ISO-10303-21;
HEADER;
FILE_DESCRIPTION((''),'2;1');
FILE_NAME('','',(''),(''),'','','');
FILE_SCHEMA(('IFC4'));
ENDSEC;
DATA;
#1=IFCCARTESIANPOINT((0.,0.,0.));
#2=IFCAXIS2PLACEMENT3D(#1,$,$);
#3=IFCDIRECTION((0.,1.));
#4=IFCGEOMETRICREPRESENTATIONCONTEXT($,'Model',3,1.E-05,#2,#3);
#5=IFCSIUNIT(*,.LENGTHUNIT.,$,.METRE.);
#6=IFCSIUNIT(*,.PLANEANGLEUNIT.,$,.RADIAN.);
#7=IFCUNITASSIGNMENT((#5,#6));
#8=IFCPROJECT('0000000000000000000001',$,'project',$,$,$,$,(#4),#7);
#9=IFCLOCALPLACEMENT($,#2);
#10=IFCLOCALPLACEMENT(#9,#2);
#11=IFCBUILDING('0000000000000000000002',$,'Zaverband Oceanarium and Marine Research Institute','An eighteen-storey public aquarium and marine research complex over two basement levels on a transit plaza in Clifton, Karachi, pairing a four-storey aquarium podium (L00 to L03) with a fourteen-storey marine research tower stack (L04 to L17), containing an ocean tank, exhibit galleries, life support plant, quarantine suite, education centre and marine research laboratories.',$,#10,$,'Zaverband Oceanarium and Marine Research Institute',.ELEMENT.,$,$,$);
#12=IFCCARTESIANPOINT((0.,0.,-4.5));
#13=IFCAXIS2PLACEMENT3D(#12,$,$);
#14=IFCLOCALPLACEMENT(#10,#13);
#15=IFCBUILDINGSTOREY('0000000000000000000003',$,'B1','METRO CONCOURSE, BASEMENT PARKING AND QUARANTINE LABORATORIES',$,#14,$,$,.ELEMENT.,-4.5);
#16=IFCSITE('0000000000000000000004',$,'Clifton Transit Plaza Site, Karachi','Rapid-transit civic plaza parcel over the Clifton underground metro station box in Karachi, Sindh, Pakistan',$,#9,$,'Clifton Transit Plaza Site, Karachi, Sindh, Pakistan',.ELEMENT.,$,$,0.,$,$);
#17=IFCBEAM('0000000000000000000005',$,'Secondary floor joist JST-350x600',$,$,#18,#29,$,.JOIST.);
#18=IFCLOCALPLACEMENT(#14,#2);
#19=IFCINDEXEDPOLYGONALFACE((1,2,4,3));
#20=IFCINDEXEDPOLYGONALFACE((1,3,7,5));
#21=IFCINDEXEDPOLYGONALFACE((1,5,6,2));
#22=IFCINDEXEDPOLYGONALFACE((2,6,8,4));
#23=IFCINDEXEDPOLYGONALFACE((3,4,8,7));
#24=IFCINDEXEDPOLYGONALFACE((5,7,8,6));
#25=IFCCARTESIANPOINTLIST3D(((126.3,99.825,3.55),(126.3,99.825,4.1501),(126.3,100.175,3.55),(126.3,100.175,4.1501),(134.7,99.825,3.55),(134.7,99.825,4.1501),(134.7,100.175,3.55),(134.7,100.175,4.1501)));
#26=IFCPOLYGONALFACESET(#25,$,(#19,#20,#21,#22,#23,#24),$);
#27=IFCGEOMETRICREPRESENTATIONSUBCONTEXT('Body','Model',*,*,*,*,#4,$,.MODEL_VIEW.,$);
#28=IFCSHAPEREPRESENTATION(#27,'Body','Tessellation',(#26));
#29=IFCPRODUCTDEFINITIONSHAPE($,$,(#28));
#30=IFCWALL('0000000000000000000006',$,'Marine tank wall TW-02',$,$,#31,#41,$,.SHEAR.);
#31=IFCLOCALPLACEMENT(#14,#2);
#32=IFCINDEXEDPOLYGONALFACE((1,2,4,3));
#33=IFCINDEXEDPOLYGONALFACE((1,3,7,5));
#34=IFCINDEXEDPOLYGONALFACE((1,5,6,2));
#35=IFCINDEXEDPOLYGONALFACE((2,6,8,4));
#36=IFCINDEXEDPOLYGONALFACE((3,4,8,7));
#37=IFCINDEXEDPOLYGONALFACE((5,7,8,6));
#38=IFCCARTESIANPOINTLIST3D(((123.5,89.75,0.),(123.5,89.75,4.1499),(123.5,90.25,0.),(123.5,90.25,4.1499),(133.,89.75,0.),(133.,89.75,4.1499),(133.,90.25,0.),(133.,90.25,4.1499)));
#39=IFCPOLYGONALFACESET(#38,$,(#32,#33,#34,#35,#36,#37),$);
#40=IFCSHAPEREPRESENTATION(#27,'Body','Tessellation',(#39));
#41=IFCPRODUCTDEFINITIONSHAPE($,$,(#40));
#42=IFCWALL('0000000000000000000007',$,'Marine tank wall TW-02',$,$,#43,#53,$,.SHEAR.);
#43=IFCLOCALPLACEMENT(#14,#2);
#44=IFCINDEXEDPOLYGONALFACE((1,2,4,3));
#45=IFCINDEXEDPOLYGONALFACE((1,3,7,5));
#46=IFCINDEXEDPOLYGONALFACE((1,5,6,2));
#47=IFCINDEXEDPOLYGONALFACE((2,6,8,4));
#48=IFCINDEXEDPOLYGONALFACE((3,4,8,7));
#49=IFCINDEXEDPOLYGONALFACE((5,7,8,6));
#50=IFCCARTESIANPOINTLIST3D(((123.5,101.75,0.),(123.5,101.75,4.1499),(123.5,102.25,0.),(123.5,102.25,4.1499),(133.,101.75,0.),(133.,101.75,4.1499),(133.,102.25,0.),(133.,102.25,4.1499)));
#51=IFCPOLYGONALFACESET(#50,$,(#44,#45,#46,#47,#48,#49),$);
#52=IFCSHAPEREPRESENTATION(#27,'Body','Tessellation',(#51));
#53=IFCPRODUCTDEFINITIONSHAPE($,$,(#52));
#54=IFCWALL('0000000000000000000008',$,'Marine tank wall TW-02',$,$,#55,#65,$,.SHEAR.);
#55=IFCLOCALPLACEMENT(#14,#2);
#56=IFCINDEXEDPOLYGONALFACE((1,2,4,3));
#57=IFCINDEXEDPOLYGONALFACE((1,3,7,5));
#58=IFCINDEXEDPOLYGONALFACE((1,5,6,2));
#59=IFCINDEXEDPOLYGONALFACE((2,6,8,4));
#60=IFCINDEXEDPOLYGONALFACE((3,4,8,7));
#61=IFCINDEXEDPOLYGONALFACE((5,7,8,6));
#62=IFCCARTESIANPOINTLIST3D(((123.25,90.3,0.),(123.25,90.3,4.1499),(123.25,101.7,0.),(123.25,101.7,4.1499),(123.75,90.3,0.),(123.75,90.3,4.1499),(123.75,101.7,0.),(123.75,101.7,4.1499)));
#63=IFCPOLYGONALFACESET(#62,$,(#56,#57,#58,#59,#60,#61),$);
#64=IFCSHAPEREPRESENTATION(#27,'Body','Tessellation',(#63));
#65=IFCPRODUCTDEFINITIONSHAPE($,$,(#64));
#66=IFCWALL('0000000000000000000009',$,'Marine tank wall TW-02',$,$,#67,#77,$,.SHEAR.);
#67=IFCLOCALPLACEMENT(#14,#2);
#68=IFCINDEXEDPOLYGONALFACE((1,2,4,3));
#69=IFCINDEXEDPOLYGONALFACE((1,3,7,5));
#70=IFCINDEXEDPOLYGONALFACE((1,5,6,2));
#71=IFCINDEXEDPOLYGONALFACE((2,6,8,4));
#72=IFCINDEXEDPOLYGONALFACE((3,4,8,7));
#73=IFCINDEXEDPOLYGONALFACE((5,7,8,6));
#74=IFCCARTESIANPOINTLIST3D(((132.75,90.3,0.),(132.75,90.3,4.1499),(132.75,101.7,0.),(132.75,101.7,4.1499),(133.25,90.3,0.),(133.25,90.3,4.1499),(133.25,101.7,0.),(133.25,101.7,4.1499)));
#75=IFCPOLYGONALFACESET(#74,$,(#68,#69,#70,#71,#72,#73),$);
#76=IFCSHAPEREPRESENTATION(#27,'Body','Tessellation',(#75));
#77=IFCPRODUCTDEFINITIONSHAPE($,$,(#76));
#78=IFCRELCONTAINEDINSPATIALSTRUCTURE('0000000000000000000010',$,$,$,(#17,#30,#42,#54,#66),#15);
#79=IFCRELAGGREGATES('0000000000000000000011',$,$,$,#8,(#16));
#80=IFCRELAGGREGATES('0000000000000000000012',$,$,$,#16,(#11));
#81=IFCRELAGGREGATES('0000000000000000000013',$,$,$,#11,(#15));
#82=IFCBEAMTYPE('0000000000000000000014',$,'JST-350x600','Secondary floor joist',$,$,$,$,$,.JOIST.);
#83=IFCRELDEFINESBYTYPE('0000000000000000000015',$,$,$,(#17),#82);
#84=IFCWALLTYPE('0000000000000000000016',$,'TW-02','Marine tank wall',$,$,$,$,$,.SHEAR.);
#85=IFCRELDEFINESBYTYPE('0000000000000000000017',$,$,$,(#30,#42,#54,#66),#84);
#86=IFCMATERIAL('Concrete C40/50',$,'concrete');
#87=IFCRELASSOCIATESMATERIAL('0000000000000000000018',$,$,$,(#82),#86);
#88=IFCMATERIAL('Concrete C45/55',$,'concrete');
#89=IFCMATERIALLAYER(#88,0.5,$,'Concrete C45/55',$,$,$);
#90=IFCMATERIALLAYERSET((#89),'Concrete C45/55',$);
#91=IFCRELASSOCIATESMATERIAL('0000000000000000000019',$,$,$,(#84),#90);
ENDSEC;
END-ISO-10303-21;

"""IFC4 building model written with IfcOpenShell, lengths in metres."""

from ifc_helpers import new_model, si_unit, direction, frame, frame_2d, origin, origin_2d, place, context, subcontext, project, spatial, rectangle, extrude, material, layer, layer_set, material_profile, profile_set, type_object, element, save


model = new_model("IFC4")

# Units and contexts
model_context = context("Model", 3, precision=1e-05, world=origin(), true_north=direction((0.0, 1.0)))
body_context = subcontext(model_context, "Body", "Model", "MODEL_VIEW")
ifc_project = project(units=[si_unit("LENGTHUNIT", "METRE"), si_unit("PLANEANGLEUNIT", "RADIAN")], contexts=[model_context])

# Site, building, storey
site_placement = place(None, origin())
site = spatial("IfcSite", under=ifc_project, at=site_placement, Name="Clifton Transit Plaza Site, Karachi", Description="Rapid-transit civic plaza parcel over the Clifton underground metro station box in Karachi, Sindh, Pakistan", LongName="Clifton Transit Plaza Site, Karachi, Sindh, Pakistan", CompositionType="ELEMENT", RefElevation=0.0)
building_placement = place(site_placement, origin())
building = spatial("IfcBuilding", under=site, at=building_placement, Name="Zaverband Oceanarium and Marine Research Institute", Description="An eighteen-storey public aquarium and marine research complex over two basement levels on a transit plaza in Clifton, Karachi, pairing a four-storey aquarium podium (L00 to L03) with a fourteen-storey marine research tower stack (L04 to L17), containing an ocean tank, exhibit galleries, life support plant, quarantine suite, education centre and marine research laboratories.", LongName="Zaverband Oceanarium and Marine Research Institute", CompositionType="ELEMENT")
storey_placement = place(building_placement, frame((0.0, 0.0, -4.5)))
storey = spatial("IfcBuildingStorey", under=building, at=storey_placement, Name="B1", Description="METRO CONCOURSE, BASEMENT PARKING AND QUARANTINE LABORATORIES", CompositionType="ELEMENT", Elevation=-4.5)

# Beam
ifc_material_1 = material(Name="Concrete C40/50", Category="concrete")
ifc_material_profile_1 = material_profile(ifc_material_1, rectangle(XDim=0.3501, YDim=0.6001, at=origin_2d()), Name="RC350x600")
ifc_profile_set_1 = profile_set([ifc_material_profile_1], Name="Concrete C40/50")
beam_type_1 = type_object("IfcBeamType", Name="JST-350x600", Description="Secondary floor joist", PredefinedType="JOIST", material=ifc_profile_set_1)
for number, where, z_axis, x_axis, name in (
    (1, (126.3, 100.0, 3.8501), (1.0, 0.0, 0.0), (0.0, 1.0, 0.0), "Secondary floor joist JST-350x600"),
):
    element("IfcBeam", number, at=place(storey_placement, frame(where, z_axis=z_axis, x_axis=x_axis)), inside=storey, type_object=beam_type_1, Name=name, PredefinedType="JOIST", context=body_context, shape_type="SweptSolid", body=[
        extrude(rectangle(XDim=0.3501, YDim=0.6001, at=origin_2d()), origin(), (0.0, 0.0, 1.0), 8.3999),
    ])

# Walls
ifc_material_2 = material(Name="Concrete C45/55", Category="concrete")
ifc_layer = layer(ifc_material_2, 0.5, Name="Concrete C45/55")
ifc_layer_set = layer_set([ifc_layer], Name="Concrete C45/55")
wall_type = type_object("IfcWallType", Name="TW-02", Description="Marine tank wall", PredefinedType="SHEAR", material=ifc_layer_set)
for number, where, z_axis, x_axis, name in (
    (2, (123.5, 90.0, 0.0), (0.0, 0.0, 1.0), (1.0, 0.0, 0.0), "Marine tank wall TW-02"),
    (3, (123.5, 102.0, 0.0), (0.0, 0.0, 1.0), (1.0, 0.0, 0.0), "Marine tank wall TW-02"),
):
    element("IfcWall", number, at=place(storey_placement, frame(where, z_axis=z_axis, x_axis=x_axis)), inside=storey, type_object=wall_type, Name=name, PredefinedType="SHEAR", context=body_context, shape_type="SweptSolid", body=[
        extrude(rectangle(XDim=9.5, YDim=0.5, at=frame_2d((4.75, 0.0))), origin(), (0.0, 0.0, 1.0), 4.1499),
    ])
for number, where, z_axis, x_axis, name in (
    (4, (123.5, 90.3, 0.0), (0.0, 0.0, 1.0), (0.0, 1.0, 0.0), "Marine tank wall TW-02"),
    (5, (133.0, 90.3, 0.0), (0.0, 0.0, 1.0), (0.0, 1.0, 0.0), "Marine tank wall TW-02"),
):
    element("IfcWall", number, at=place(storey_placement, frame(where, z_axis=z_axis, x_axis=x_axis)), inside=storey, type_object=wall_type, Name=name, PredefinedType="SHEAR", context=body_context, shape_type="SweptSolid", body=[
        extrude(rectangle(XDim=11.3999, YDim=0.5, at=frame_2d((5.7, 0.0))), origin(), (0.0, 0.0, 1.0), 4.1499),
    ])

save(model, "model.ifc")
